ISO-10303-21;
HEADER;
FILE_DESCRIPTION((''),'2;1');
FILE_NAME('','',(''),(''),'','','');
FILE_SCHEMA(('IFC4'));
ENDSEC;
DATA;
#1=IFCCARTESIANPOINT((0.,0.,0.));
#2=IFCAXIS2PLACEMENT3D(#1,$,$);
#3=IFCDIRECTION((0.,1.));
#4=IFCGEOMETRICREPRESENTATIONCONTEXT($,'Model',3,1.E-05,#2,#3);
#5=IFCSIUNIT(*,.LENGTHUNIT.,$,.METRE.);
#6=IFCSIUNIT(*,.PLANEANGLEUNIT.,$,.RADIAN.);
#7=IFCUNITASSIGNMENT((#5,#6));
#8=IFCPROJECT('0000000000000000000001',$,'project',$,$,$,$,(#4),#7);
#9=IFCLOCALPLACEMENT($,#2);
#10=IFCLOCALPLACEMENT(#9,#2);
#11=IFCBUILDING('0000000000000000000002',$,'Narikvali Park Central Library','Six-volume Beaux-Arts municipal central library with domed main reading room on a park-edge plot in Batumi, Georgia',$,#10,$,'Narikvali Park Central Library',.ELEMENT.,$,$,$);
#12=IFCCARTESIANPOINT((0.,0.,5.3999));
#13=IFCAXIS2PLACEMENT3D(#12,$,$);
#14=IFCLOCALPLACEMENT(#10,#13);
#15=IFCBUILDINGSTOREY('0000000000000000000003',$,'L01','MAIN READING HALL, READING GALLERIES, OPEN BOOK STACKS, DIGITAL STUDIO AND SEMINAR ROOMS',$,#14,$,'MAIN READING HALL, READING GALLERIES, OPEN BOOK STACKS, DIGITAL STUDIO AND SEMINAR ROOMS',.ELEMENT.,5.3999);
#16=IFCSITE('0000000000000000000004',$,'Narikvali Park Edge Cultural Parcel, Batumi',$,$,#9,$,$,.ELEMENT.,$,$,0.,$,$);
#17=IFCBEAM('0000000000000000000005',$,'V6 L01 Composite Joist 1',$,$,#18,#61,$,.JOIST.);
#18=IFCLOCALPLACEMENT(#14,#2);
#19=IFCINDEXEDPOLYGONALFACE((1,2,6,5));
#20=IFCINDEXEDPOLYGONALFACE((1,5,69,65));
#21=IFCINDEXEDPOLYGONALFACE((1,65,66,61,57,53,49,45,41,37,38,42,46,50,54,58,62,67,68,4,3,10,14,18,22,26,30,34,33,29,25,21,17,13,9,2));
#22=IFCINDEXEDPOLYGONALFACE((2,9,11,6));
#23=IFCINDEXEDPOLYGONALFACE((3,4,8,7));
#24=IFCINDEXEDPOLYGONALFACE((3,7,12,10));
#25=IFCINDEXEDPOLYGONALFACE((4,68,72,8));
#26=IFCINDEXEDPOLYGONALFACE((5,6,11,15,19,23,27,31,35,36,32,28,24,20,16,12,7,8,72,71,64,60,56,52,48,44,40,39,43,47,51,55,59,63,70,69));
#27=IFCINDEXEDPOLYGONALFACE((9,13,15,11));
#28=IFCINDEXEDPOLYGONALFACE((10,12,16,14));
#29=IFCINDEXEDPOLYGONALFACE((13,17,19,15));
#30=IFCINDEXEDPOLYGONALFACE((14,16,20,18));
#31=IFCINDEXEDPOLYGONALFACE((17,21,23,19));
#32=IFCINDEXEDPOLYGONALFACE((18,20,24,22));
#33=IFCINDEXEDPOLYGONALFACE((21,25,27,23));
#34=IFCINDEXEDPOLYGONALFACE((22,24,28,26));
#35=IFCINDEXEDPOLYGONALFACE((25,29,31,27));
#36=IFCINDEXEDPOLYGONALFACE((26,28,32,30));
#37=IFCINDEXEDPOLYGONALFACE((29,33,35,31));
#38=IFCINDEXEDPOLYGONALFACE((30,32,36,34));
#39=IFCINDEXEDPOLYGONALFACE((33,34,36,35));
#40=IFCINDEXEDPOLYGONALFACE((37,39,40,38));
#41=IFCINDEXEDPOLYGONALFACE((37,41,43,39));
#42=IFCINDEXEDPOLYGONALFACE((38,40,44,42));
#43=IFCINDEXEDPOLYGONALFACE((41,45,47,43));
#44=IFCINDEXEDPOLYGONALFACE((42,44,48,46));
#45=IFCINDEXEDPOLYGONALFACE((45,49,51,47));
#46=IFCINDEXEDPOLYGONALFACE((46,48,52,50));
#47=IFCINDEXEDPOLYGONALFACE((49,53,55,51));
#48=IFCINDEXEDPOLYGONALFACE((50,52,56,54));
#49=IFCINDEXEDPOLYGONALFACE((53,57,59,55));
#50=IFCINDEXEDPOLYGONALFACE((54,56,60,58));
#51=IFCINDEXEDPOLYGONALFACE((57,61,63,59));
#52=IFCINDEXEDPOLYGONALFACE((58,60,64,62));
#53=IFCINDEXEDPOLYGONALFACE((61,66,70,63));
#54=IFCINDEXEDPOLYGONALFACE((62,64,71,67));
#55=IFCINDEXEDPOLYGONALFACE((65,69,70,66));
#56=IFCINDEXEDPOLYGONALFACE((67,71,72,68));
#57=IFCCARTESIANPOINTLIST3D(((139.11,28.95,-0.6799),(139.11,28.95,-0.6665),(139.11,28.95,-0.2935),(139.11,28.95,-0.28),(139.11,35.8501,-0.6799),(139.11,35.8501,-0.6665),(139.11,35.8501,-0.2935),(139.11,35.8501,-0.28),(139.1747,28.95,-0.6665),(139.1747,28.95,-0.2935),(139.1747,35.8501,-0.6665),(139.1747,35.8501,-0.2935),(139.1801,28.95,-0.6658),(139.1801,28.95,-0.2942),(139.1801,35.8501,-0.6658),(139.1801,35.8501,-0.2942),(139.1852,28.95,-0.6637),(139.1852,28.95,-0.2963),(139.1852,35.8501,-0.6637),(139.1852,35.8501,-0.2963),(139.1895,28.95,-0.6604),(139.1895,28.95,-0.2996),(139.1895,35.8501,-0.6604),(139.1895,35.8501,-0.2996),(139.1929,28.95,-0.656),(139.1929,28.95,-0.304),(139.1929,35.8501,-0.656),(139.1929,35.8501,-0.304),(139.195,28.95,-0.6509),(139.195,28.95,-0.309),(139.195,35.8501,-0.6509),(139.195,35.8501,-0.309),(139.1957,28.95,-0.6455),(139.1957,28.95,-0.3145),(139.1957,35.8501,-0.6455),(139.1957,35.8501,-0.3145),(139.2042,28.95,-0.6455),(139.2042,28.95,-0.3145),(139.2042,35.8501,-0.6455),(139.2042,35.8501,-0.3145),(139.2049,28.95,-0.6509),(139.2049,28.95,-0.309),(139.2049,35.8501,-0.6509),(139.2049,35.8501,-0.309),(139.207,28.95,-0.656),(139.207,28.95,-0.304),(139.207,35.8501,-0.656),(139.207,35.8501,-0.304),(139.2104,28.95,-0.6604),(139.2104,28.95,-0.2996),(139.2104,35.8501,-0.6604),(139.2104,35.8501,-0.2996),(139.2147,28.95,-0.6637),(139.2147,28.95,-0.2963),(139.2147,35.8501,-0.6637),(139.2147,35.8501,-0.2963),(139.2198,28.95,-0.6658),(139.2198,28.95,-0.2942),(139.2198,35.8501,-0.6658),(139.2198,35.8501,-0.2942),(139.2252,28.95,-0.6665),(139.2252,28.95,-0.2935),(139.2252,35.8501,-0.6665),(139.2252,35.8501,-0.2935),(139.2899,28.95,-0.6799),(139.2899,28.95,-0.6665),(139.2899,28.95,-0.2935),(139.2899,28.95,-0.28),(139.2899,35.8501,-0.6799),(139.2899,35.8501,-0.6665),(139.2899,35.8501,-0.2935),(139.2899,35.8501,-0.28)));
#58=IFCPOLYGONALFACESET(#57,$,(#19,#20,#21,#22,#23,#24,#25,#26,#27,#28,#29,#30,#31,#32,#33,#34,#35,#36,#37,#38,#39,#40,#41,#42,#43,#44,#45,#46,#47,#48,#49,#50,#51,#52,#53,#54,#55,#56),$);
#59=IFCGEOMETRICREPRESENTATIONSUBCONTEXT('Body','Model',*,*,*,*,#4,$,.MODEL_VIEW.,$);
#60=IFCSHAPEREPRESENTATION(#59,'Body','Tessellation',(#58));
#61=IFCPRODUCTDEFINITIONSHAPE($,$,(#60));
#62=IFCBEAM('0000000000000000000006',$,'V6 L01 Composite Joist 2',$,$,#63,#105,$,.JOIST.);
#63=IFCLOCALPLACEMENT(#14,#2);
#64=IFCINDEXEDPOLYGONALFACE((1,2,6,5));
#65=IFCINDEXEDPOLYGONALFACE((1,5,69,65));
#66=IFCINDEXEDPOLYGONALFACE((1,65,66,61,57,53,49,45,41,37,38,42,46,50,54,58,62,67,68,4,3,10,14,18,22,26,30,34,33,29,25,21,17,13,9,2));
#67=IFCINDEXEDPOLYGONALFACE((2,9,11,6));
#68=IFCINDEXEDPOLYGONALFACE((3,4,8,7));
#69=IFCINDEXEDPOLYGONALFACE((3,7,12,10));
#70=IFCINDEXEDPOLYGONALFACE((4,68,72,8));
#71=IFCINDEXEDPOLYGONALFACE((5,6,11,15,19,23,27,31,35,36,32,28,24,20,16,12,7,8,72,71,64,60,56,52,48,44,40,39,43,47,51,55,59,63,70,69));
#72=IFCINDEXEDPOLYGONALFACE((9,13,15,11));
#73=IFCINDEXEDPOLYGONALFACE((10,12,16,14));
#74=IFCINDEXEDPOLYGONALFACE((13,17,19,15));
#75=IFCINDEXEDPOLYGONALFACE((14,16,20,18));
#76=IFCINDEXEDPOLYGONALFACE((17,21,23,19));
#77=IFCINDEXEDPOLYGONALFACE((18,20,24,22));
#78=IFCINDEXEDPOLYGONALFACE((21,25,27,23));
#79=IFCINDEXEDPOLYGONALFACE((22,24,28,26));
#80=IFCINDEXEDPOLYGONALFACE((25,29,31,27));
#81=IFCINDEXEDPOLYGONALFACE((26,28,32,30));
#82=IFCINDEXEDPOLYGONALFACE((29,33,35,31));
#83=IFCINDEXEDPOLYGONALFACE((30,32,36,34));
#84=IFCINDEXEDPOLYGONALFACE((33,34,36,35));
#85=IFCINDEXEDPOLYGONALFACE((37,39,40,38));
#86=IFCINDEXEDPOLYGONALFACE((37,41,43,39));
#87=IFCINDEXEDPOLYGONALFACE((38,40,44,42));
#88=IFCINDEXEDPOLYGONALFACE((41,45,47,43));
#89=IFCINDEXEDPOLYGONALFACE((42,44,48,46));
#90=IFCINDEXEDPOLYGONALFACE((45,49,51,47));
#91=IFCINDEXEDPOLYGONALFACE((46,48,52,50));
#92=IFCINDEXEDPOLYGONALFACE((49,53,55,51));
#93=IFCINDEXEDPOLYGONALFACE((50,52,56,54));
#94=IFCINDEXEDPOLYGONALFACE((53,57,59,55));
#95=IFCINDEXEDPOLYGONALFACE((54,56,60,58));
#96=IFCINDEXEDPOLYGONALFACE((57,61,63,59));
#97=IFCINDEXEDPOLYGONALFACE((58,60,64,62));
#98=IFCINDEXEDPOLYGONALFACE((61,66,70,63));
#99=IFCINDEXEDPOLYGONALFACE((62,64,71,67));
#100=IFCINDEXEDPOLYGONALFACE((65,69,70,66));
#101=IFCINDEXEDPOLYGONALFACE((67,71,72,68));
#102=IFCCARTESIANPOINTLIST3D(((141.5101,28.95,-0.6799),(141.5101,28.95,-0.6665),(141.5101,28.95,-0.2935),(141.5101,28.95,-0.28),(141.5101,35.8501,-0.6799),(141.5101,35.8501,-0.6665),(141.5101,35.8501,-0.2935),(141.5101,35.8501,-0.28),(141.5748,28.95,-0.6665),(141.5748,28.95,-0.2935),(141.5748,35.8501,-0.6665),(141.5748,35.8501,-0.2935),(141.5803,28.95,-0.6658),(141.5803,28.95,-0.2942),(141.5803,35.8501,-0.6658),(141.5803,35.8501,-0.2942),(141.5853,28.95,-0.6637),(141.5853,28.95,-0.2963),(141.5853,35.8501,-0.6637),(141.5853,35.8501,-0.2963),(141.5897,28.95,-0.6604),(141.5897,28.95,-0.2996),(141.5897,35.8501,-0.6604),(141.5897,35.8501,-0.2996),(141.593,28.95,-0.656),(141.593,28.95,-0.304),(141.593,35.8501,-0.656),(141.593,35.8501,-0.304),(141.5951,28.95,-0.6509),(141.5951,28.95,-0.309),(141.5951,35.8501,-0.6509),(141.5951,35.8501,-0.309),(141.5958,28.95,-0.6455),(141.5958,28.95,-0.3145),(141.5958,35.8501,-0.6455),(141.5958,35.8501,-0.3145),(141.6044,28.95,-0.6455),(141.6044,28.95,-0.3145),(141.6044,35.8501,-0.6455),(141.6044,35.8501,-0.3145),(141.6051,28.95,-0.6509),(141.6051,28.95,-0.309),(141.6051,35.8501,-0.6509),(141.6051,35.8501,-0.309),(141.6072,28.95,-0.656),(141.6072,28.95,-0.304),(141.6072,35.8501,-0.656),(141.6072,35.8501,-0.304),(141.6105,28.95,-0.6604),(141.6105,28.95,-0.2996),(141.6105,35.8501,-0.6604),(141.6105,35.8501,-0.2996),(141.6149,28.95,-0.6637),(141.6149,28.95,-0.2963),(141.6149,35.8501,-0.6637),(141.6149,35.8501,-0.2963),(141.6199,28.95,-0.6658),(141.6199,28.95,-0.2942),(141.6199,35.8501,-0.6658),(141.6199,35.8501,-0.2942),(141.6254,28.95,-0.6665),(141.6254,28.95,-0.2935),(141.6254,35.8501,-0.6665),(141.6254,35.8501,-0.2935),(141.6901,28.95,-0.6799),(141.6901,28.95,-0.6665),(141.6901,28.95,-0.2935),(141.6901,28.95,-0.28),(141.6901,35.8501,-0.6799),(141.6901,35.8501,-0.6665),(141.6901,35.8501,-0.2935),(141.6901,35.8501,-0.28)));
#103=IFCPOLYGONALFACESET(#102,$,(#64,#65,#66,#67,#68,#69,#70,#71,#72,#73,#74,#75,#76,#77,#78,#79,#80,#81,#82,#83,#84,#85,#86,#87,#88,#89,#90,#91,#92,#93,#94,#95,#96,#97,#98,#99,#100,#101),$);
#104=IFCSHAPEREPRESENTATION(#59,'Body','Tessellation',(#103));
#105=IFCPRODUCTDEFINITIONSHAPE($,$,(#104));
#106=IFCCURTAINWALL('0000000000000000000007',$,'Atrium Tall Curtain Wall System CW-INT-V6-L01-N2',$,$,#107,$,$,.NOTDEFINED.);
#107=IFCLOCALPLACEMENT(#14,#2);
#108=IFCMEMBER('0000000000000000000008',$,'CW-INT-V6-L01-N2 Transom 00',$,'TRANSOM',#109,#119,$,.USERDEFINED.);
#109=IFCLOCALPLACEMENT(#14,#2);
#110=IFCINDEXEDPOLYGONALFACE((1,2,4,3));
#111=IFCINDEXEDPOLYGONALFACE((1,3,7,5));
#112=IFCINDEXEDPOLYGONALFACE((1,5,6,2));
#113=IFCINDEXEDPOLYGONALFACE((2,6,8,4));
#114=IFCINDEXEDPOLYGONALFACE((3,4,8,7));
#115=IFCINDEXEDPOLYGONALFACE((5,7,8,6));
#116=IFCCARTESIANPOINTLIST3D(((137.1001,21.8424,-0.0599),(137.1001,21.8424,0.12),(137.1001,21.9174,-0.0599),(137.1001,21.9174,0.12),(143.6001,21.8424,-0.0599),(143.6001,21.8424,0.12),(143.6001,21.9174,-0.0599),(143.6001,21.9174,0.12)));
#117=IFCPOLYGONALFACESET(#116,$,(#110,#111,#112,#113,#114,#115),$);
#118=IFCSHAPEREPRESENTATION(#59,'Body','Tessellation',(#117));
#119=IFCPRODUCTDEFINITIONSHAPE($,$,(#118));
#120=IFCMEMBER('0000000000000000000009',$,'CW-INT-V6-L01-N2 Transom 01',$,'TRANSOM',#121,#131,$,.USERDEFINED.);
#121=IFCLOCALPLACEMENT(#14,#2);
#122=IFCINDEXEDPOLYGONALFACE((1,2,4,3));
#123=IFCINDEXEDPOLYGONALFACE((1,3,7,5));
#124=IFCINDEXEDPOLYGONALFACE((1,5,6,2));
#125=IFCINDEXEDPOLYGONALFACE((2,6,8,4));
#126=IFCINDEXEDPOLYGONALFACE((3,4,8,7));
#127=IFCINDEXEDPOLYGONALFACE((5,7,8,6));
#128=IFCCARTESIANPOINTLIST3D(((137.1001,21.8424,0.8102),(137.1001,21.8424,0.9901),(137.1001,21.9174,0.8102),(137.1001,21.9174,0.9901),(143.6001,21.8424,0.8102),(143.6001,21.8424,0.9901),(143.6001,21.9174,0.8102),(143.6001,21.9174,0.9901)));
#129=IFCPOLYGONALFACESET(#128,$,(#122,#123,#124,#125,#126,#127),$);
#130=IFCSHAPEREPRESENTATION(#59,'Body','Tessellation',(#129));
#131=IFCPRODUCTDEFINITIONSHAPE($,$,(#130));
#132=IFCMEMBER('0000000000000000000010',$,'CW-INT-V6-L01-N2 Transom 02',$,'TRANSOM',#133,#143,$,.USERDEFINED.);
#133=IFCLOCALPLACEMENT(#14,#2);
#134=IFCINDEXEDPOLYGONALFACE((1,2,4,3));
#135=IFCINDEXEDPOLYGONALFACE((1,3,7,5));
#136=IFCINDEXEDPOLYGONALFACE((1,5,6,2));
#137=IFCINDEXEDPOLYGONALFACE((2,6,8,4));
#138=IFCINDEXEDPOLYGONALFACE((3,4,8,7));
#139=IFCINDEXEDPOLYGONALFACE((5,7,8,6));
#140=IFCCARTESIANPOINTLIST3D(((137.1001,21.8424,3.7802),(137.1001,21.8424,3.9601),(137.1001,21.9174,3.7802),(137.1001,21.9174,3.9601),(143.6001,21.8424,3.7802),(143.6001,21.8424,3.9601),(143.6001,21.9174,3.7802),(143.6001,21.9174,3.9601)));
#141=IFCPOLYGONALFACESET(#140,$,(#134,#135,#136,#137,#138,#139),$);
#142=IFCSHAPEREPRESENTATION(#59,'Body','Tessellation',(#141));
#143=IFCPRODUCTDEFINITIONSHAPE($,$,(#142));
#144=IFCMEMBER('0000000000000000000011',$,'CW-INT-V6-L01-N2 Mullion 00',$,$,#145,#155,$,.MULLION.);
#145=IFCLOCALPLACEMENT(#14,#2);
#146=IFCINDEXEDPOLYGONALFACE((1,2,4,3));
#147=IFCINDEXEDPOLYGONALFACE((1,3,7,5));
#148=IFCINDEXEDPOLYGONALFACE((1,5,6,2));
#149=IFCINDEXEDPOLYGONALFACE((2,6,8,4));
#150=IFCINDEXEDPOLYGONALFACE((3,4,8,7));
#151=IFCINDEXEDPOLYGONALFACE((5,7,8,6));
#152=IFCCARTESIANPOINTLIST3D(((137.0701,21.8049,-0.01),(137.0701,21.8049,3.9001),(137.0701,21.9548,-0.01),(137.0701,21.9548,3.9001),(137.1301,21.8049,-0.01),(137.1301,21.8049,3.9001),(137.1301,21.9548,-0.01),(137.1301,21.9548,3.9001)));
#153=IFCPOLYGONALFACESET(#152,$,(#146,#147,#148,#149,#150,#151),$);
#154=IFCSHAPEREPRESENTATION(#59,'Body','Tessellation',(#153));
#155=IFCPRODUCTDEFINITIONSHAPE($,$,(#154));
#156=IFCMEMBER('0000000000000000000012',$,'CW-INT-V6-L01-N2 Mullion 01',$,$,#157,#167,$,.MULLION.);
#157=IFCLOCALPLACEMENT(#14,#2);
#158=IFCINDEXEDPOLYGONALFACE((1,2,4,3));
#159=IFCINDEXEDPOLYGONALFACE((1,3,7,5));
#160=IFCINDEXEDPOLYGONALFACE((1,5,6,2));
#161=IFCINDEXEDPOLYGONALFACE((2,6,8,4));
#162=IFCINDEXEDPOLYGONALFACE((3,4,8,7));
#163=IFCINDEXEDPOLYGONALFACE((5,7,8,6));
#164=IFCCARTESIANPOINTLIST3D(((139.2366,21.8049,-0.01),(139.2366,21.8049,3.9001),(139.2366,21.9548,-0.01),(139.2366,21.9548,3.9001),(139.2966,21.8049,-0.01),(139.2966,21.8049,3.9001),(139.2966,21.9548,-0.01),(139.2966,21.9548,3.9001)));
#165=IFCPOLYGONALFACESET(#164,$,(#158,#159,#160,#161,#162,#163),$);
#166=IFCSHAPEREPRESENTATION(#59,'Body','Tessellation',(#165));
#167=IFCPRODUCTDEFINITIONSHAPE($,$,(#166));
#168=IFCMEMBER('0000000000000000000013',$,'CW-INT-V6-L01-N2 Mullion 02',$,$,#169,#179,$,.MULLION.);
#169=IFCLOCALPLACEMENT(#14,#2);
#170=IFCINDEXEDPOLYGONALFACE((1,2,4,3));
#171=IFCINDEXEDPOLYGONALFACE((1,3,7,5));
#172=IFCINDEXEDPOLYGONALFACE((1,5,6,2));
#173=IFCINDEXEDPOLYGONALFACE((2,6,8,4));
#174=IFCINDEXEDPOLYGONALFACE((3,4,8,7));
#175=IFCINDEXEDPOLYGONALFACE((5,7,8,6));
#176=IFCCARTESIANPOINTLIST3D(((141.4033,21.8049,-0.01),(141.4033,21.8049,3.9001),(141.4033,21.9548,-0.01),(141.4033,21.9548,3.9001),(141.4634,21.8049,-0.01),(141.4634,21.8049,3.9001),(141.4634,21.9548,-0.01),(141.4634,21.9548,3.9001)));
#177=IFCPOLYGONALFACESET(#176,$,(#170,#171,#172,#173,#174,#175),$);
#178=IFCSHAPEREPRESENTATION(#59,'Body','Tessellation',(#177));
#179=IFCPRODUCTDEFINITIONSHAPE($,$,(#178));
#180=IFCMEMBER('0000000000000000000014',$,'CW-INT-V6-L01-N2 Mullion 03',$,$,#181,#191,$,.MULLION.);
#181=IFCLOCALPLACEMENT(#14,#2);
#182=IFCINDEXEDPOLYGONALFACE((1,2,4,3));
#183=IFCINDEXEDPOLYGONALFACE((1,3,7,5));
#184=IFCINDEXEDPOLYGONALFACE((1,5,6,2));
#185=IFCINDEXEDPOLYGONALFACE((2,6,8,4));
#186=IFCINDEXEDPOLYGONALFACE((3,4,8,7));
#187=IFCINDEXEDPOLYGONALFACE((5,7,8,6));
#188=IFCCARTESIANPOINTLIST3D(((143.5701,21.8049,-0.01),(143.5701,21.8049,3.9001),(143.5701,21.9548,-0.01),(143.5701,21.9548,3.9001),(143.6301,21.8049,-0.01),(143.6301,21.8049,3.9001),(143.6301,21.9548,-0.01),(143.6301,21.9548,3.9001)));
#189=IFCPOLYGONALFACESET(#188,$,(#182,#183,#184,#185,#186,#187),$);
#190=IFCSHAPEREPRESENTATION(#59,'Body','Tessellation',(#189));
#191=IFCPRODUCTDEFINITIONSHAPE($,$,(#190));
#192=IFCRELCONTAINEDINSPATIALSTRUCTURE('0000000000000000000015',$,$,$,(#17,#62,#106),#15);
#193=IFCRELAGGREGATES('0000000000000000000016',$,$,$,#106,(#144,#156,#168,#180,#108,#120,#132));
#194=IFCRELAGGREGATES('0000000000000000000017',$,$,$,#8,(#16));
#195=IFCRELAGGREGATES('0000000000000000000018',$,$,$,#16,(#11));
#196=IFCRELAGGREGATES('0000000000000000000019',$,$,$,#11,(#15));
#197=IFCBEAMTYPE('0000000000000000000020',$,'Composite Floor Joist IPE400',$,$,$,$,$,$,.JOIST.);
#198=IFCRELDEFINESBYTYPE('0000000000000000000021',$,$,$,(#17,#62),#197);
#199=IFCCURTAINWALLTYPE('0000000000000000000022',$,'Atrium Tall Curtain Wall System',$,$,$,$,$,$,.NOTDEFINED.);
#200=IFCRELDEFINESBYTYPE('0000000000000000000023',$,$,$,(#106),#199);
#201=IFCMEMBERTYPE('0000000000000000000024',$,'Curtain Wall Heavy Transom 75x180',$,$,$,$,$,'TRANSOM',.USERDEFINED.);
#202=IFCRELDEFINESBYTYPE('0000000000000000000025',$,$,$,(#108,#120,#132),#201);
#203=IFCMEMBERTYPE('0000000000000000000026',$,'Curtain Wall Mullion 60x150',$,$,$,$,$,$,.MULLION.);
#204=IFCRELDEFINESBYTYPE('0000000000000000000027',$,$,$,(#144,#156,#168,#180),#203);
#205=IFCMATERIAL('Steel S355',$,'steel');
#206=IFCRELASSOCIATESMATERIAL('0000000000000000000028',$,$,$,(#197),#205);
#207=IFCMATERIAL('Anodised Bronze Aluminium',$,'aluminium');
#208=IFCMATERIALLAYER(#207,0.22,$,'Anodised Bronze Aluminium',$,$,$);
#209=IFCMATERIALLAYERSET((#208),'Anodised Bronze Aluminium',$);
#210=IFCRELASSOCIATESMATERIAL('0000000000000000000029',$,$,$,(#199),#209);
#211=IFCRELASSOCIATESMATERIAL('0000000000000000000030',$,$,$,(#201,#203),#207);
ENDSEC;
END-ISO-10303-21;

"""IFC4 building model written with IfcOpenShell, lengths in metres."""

from ifc_helpers import new_model, si_unit, direction, frame, origin, origin_2d, place, context, subcontext, project, spatial, rectangle, i_section, extrude, material, layer, layer_set, material_profile, profile_set, type_object, element, aggregate, save


model = new_model("IFC4")

# Units and contexts
model_context = context("Model", 3, precision=1e-05, world=origin(), true_north=direction((0.0, 1.0)))
body_context = subcontext(model_context, "Body", "Model", "MODEL_VIEW")
ifc_project = project(units=[si_unit("LENGTHUNIT", "METRE"), si_unit("PLANEANGLEUNIT", "RADIAN")], contexts=[model_context])

# Site, building, storey
site_placement = place(None, origin())
site = spatial("IfcSite", under=ifc_project, at=site_placement, Name="Narikvali Park Edge Cultural Parcel, Batumi", CompositionType="ELEMENT", RefElevation=0.0)
building_placement = place(site_placement, origin())
building = spatial("IfcBuilding", under=site, at=building_placement, Name="Narikvali Park Central Library", Description="Six-volume Beaux-Arts municipal central library with domed main reading room on a park-edge plot in Batumi, Georgia", LongName="Narikvali Park Central Library", CompositionType="ELEMENT")
storey_placement = place(building_placement, frame((0.0, 0.0, 5.3999)))
storey = spatial("IfcBuildingStorey", under=building, at=storey_placement, Name="L01", Description="MAIN READING HALL, READING GALLERIES, OPEN BOOK STACKS, DIGITAL STUDIO AND SEMINAR ROOMS", LongName="MAIN READING HALL, READING GALLERIES, OPEN BOOK STACKS, DIGITAL STUDIO AND SEMINAR ROOMS", CompositionType="ELEMENT", Elevation=5.3999)

# Shared definitions
ifc_material_1 = material(Name="Steel S355", Category="steel")

# Beams
ifc_material_profile_1 = material_profile(ifc_material_1, i_section(OverallWidth=0.1799, OverallDepth=0.3999, WebThickness=0.0085, FlangeThickness=0.0134, FilletRadius=0.021, at=origin_2d()), Name="IPE 400")
ifc_profile_set_1 = profile_set([ifc_material_profile_1], Name="Steel S355")
beam_type_1 = type_object("IfcBeamType", Name="Composite Floor Joist IPE400", PredefinedType="JOIST", material=ifc_profile_set_1)
for number, where, z_axis, x_axis, name in (
    (1, (139.2, 28.95, -0.48), (0.0, 1.0, 0.0), (-1.0, 0.0, 0.0), "V6 L01 Composite Joist 1"),
    (2, (141.6001, 28.95, -0.48), (0.0, 1.0, 0.0), (-1.0, 0.0, 0.0), "V6 L01 Composite Joist 2"),
):
    element("IfcBeam", number, at=place(storey_placement, frame(where, z_axis=z_axis, x_axis=x_axis)), inside=storey, type_object=beam_type_1, Name=name, PredefinedType="JOIST", context=body_context, shape_type="SweptSolid", body=[
        extrude(i_section(OverallWidth=0.1799, OverallDepth=0.3999, WebThickness=0.0085, FlangeThickness=0.0134, FilletRadius=0.021, at=origin_2d()), origin(), (0.0, 0.0, 1.0), 6.9001),
    ])

# Curtain wall, members
ifc_material_2 = material(Name="Anodised Bronze Aluminium", Category="aluminium")
ifc_layer_1 = layer(ifc_material_2, 0.22, Name="Anodised Bronze Aluminium")
ifc_layer_set_1 = layer_set([ifc_layer_1], Name="Anodised Bronze Aluminium")
curtain_wall_type = type_object("IfcCurtainWallType", Name="Atrium Tall Curtain Wall System", PredefinedType="NOTDEFINED", material=ifc_layer_set_1)
curtain_wall_placement = place(storey_placement, origin())
curtain_wall = element("IfcCurtainWall", 3, at=curtain_wall_placement, inside=storey, type_object=curtain_wall_type, Name="Atrium Tall Curtain Wall System CW-INT-V6-L01-N2", PredefinedType="NOTDEFINED")
ifc_material_profile_2 = material_profile(ifc_material_2, rectangle(XDim=0.075, YDim=0.1799, at=origin_2d()), Name="CW TRANSOM 75x180")
ifc_profile_set_2 = profile_set([ifc_material_profile_2], Name="Anodised Bronze Aluminium")
member_type_1 = type_object("IfcMemberType", Name="Curtain Wall Heavy Transom 75x180", ElementType="TRANSOM", PredefinedType="USERDEFINED", material=ifc_profile_set_2)
member_1_placement = place(storey_placement, frame((137.1001, 21.8799, 0.03), z_axis=(1.0, 0.0, 0.0), x_axis=(0.0, 1.0, 0.0)))
member_1 = element("IfcMember", 4, at=member_1_placement, type_object=member_type_1, Name="CW-INT-V6-L01-N2 Transom 00", ObjectType="TRANSOM", PredefinedType="USERDEFINED", context=body_context, shape_type="SweptSolid", body=[
    extrude(rectangle(XDim=0.075, YDim=0.1799, at=origin_2d()), origin(), (0.0, 0.0, 1.0), 6.5),
])
member_2_placement = place(storey_placement, frame((137.1001, 21.8799, 0.9001), z_axis=(1.0, 0.0, 0.0), x_axis=(0.0, 1.0, 0.0)))
member_2 = element("IfcMember", 5, at=member_2_placement, type_object=member_type_1, Name="CW-INT-V6-L01-N2 Transom 01", ObjectType="TRANSOM", PredefinedType="USERDEFINED", context=body_context, shape_type="SweptSolid", body=[
    extrude(rectangle(XDim=0.075, YDim=0.1799, at=origin_2d()), origin(), (0.0, 0.0, 1.0), 6.5),
])
member_3_placement = place(storey_placement, frame((137.1001, 21.8799, 3.8701), z_axis=(1.0, 0.0, 0.0), x_axis=(0.0, 1.0, 0.0)))
member_3 = element("IfcMember", 6, at=member_3_placement, type_object=member_type_1, Name="CW-INT-V6-L01-N2 Transom 02", ObjectType="TRANSOM", PredefinedType="USERDEFINED", context=body_context, shape_type="SweptSolid", body=[
    extrude(rectangle(XDim=0.075, YDim=0.1799, at=origin_2d()), origin(), (0.0, 0.0, 1.0), 6.5),
])
ifc_material_profile_3 = material_profile(ifc_material_2, rectangle(XDim=0.0601, YDim=0.1499, at=origin_2d()), Name="CW MULLION 60x150")
ifc_profile_set_3 = profile_set([ifc_material_profile_3], Name="Anodised Bronze Aluminium")
member_type_2 = type_object("IfcMemberType", Name="Curtain Wall Mullion 60x150", PredefinedType="MULLION", material=ifc_profile_set_3)
member_4_placement = place(storey_placement, frame((137.1001, 21.8799, -0.01), z_axis=(0.0, 0.0, 1.0), x_axis=(1.0, 0.0, 0.0)))
member_4 = element("IfcMember", 7, at=member_4_placement, type_object=member_type_2, Name="CW-INT-V6-L01-N2 Mullion 00", PredefinedType="MULLION", context=body_context, shape_type="SweptSolid", body=[
    extrude(rectangle(XDim=0.0601, YDim=0.1499, at=origin_2d()), origin(), (0.0, 0.0, 1.0), 3.9102),
])
member_5_placement = place(storey_placement, frame((139.2666, 21.8799, -0.01), z_axis=(0.0, 0.0, 1.0), x_axis=(1.0, 0.0, 0.0)))
member_5 = element("IfcMember", 8, at=member_5_placement, type_object=member_type_2, Name="CW-INT-V6-L01-N2 Mullion 01", PredefinedType="MULLION", context=body_context, shape_type="SweptSolid", body=[
    extrude(rectangle(XDim=0.0601, YDim=0.1499, at=origin_2d()), origin(), (0.0, 0.0, 1.0), 3.9102),
])
member_6_placement = place(storey_placement, frame((141.4333, 21.8799, -0.01), z_axis=(0.0, 0.0, 1.0), x_axis=(1.0, 0.0, 0.0)))
member_6 = element("IfcMember", 9, at=member_6_placement, type_object=member_type_2, Name="CW-INT-V6-L01-N2 Mullion 02", PredefinedType="MULLION", context=body_context, shape_type="SweptSolid", body=[
    extrude(rectangle(XDim=0.0601, YDim=0.1499, at=origin_2d()), origin(), (0.0, 0.0, 1.0), 3.9102),
])
member_7_placement = place(storey_placement, frame((143.6001, 21.8799, -0.01), z_axis=(0.0, 0.0, 1.0), x_axis=(1.0, 0.0, 0.0)))
member_7 = element("IfcMember", 10, at=member_7_placement, type_object=member_type_2, Name="CW-INT-V6-L01-N2 Mullion 03", PredefinedType="MULLION", context=body_context, shape_type="SweptSolid", body=[
    extrude(rectangle(XDim=0.0601, YDim=0.1499, at=origin_2d()), origin(), (0.0, 0.0, 1.0), 3.9102),
])

aggregate(curtain_wall, [member_4, member_5, member_6, member_7, member_1, member_2, member_3])

save(model, "model.ifc")
